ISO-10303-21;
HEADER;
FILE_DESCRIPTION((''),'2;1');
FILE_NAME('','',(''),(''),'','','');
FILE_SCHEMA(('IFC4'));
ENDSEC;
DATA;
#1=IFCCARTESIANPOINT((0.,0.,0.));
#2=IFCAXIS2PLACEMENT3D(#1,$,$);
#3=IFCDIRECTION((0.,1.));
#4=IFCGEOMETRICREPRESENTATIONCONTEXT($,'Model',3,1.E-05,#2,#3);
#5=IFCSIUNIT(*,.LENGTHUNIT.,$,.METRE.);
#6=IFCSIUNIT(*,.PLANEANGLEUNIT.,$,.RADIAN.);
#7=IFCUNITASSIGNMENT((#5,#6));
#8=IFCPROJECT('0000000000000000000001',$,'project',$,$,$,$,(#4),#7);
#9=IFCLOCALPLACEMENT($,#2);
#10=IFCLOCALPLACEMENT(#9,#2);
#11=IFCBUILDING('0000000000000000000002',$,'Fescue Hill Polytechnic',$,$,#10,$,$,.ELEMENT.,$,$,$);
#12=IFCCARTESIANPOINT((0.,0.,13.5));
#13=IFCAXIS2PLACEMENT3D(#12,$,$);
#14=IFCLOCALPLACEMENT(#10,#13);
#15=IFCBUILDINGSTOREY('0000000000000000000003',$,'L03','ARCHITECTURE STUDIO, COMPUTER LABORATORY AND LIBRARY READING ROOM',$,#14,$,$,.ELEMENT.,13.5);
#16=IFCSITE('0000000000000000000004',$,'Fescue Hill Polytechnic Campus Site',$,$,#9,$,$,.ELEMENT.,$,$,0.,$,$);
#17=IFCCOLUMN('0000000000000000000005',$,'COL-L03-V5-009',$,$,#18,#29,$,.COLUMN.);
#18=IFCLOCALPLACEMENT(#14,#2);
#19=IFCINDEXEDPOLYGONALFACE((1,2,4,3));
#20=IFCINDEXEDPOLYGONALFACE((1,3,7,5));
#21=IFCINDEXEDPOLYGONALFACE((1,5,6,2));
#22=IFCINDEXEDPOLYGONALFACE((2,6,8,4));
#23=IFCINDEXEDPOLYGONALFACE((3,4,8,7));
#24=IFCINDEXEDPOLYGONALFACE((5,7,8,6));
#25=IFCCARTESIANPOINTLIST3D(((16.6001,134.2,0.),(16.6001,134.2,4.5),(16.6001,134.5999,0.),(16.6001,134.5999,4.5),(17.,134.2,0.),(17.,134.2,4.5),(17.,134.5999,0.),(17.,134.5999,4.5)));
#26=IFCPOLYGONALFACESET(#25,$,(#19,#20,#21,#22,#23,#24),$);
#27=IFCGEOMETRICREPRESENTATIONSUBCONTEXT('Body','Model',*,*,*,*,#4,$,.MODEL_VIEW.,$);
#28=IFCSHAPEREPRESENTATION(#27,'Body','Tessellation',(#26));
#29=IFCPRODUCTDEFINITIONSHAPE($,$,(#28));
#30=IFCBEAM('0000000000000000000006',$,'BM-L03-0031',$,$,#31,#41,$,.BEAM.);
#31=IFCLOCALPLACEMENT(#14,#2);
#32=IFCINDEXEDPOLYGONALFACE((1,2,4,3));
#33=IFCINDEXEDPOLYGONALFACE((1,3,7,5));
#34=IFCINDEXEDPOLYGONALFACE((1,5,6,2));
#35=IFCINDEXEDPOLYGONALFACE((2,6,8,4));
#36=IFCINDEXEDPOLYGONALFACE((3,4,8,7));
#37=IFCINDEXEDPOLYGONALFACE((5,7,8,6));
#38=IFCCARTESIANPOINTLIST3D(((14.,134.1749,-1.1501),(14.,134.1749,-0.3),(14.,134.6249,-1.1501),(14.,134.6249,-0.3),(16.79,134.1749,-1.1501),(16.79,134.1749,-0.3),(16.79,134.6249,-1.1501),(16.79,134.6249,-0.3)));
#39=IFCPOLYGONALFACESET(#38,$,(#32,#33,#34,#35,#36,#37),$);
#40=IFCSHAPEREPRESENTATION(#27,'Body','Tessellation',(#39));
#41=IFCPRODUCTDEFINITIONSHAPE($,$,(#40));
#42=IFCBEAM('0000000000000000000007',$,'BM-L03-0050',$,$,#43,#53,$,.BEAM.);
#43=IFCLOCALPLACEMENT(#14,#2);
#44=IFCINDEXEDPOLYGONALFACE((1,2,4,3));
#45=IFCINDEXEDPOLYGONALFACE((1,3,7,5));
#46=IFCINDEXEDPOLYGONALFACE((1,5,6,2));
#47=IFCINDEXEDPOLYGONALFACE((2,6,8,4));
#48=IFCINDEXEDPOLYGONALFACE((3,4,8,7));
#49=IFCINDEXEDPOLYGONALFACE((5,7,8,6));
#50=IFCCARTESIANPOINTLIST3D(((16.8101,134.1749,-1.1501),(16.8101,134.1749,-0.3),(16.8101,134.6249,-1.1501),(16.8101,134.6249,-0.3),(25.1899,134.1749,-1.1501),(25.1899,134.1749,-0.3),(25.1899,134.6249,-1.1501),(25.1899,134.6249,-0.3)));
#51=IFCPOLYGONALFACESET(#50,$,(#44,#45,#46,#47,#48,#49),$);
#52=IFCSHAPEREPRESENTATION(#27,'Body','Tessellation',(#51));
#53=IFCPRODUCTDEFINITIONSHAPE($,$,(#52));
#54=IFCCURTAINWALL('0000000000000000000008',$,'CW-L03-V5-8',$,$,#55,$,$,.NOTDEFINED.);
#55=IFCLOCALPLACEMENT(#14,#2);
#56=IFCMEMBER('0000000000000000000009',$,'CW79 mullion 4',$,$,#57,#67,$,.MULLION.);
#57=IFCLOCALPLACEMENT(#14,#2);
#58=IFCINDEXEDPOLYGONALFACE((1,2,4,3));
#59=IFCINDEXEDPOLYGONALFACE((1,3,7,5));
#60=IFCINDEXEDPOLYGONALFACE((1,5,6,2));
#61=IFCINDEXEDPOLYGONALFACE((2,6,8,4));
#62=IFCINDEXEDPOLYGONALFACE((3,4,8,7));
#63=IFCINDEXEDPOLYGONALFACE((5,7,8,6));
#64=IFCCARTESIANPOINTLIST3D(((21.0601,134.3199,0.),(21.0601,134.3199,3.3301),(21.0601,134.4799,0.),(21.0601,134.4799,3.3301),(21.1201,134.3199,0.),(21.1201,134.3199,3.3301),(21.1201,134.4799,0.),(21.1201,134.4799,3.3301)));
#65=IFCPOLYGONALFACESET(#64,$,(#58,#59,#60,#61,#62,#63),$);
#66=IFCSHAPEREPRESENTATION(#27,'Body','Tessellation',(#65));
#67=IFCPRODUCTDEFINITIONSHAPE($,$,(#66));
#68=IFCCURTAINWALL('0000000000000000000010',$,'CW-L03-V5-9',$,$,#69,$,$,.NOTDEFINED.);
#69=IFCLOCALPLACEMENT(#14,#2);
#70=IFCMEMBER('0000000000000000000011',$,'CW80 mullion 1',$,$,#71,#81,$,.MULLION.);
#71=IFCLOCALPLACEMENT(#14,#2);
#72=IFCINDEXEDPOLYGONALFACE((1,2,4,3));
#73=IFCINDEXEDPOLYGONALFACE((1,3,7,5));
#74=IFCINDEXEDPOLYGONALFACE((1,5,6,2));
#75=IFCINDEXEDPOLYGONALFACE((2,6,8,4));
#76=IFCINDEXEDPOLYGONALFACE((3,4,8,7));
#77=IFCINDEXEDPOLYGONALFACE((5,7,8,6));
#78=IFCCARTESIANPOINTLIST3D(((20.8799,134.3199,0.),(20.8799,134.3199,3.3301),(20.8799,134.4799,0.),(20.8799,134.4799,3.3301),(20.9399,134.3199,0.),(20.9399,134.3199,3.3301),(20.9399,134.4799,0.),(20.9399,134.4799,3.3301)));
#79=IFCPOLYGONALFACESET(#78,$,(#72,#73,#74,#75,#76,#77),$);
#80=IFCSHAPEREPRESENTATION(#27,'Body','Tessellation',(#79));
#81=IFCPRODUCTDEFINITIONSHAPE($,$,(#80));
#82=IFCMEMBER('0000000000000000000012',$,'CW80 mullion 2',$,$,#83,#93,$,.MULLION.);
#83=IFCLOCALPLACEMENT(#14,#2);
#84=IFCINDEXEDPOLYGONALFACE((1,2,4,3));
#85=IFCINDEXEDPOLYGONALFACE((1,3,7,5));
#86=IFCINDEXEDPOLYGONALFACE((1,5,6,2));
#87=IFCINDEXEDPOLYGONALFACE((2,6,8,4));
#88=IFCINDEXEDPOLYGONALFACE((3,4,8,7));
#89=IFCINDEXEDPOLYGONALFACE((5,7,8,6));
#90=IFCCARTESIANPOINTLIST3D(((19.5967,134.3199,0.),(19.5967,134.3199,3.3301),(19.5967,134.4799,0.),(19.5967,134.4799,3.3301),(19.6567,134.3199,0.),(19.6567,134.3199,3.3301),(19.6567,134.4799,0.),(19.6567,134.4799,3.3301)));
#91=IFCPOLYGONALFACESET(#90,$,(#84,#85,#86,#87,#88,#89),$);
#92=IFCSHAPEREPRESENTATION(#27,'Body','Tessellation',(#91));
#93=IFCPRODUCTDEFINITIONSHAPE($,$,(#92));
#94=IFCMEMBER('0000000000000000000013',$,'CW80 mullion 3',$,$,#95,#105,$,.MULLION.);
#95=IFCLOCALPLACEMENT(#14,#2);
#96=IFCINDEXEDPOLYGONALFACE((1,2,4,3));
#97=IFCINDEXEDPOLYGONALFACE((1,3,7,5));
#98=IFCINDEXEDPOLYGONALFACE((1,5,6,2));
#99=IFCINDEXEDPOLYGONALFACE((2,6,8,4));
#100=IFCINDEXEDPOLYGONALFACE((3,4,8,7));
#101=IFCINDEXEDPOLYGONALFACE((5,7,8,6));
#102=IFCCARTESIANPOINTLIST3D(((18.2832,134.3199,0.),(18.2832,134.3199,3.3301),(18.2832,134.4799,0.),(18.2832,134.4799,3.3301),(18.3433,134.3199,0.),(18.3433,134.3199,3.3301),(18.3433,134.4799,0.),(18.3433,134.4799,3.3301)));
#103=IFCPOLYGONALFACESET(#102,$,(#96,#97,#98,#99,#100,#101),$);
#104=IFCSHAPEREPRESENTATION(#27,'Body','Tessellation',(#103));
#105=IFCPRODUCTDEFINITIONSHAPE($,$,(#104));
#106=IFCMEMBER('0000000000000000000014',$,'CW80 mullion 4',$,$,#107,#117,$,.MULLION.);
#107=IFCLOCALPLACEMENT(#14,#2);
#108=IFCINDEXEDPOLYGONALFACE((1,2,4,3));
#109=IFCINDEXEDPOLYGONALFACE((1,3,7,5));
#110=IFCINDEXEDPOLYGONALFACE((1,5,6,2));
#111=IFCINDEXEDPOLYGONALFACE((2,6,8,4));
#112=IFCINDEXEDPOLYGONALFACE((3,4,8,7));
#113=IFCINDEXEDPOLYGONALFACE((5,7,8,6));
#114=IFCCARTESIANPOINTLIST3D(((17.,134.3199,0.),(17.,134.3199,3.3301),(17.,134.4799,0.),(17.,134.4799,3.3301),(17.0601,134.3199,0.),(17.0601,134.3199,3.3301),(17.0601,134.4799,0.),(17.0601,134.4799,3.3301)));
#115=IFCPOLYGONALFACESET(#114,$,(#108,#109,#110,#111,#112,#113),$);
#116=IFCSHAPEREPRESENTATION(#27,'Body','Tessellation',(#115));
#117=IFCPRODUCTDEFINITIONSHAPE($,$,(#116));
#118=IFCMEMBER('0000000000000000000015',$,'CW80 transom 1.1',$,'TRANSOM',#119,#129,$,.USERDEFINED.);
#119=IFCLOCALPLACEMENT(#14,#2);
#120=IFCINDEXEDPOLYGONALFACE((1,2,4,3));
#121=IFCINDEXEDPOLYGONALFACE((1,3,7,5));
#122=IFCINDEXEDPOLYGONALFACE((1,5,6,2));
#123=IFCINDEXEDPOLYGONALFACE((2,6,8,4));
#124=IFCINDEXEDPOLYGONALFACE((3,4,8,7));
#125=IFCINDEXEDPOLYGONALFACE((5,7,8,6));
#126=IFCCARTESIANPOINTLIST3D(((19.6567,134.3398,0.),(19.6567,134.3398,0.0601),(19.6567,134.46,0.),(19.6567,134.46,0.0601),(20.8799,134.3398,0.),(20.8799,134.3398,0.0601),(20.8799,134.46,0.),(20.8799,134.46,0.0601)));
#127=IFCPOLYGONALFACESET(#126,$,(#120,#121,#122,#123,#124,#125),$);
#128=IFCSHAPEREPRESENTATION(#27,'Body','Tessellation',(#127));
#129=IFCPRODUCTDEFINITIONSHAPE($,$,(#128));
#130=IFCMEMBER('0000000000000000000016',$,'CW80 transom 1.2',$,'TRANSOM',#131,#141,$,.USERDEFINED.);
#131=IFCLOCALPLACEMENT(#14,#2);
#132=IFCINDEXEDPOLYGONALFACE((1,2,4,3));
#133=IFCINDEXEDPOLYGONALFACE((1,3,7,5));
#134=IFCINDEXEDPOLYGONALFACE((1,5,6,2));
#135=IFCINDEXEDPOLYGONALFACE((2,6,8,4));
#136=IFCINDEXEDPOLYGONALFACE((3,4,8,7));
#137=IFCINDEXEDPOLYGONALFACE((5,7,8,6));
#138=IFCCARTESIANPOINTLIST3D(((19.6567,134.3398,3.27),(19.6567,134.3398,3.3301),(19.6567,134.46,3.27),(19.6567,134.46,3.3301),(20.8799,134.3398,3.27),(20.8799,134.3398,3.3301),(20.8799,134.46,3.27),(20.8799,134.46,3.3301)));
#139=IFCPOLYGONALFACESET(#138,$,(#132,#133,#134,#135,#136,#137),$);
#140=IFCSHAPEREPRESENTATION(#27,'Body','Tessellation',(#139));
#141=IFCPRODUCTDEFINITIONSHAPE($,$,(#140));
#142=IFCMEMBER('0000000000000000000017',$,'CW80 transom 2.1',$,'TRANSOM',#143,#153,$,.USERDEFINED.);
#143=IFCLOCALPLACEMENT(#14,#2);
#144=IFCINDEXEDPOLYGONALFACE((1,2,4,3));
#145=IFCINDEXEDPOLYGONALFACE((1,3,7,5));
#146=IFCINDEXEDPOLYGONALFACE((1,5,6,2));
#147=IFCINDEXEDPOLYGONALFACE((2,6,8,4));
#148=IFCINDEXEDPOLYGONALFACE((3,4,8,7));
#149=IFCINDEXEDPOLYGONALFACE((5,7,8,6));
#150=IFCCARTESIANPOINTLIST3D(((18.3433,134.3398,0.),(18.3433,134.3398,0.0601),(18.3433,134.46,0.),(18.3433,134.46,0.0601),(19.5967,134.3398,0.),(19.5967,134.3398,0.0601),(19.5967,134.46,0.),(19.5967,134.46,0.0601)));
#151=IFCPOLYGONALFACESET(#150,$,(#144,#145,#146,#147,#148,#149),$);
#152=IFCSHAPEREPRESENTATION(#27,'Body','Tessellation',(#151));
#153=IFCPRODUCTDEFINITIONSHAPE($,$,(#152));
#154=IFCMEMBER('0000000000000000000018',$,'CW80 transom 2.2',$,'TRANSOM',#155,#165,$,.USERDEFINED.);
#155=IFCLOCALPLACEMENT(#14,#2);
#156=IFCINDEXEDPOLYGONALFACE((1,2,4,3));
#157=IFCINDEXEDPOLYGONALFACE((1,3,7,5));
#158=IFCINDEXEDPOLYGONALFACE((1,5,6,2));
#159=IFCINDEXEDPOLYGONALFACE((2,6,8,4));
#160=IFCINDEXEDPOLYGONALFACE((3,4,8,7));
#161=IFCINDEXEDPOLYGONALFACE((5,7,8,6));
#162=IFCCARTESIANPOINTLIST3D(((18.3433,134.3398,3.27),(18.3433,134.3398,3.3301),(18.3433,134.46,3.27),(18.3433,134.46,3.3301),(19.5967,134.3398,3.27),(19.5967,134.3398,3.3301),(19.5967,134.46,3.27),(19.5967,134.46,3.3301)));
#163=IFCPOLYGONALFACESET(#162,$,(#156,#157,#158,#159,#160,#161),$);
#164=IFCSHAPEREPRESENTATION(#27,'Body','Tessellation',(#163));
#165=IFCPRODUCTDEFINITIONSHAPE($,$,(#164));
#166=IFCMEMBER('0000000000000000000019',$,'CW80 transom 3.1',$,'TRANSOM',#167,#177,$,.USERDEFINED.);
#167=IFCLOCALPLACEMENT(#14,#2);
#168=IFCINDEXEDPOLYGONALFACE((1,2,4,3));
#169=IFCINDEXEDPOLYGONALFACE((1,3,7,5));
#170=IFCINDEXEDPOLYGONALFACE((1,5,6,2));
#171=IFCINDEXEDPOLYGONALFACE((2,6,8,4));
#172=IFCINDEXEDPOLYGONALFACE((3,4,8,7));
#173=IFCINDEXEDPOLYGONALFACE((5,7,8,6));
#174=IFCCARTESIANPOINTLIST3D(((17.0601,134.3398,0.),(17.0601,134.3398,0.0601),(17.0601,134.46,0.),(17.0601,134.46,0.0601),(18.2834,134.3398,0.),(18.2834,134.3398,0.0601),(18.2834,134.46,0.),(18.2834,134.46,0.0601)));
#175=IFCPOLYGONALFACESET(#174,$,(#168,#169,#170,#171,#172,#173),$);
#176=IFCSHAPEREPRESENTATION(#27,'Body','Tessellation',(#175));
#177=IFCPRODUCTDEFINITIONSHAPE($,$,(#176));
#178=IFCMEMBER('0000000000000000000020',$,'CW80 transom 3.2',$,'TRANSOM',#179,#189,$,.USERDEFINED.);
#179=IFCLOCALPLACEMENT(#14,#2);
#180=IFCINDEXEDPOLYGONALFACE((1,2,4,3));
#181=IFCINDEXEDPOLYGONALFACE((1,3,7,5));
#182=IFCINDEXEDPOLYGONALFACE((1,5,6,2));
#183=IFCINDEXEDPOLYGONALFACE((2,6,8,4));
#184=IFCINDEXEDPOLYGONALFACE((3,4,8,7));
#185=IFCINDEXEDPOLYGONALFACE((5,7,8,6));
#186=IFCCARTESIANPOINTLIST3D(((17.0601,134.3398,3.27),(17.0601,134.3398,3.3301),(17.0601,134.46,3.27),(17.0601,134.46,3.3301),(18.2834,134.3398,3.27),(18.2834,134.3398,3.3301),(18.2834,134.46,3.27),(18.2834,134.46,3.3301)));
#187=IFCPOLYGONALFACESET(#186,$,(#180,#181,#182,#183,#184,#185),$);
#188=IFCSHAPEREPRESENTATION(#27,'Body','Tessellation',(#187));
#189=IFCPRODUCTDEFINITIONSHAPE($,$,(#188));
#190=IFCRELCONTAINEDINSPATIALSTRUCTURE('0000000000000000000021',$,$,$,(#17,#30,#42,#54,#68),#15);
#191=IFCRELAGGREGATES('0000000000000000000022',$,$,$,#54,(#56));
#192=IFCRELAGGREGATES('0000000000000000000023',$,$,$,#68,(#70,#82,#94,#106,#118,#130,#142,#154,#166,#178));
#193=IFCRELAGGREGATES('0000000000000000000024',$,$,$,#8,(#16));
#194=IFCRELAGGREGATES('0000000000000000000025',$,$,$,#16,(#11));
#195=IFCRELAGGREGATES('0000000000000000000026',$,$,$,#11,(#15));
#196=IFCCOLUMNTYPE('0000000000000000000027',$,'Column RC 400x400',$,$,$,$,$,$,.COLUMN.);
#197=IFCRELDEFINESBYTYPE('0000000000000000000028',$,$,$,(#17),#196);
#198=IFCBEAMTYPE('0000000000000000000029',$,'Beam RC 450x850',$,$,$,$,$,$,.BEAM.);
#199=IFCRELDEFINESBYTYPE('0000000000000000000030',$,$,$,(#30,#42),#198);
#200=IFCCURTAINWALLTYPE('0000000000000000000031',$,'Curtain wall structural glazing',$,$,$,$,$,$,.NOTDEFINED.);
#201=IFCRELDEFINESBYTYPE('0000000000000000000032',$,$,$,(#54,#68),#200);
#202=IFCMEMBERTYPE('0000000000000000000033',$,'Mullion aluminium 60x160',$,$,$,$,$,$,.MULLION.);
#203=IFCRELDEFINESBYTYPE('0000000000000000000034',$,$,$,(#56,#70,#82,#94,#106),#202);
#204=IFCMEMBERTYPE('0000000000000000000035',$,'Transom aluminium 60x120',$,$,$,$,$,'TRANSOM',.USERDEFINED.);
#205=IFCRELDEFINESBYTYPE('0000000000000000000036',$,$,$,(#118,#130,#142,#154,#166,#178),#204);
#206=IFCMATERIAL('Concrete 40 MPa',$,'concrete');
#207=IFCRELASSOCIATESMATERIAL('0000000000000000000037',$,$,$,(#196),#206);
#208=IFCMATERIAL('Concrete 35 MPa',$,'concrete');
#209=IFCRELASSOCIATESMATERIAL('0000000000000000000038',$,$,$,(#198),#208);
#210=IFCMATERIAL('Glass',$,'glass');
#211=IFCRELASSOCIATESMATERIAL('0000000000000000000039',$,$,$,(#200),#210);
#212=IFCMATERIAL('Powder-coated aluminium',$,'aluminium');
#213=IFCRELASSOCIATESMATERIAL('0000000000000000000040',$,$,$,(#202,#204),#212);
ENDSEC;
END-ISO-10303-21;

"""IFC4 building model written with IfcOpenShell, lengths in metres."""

from ifc_helpers import new_model, si_unit, direction, frame, origin, origin_2d, place, context, subcontext, project, spatial, rectangle, extrude, material, material_profile, profile_set, type_object, element, aggregate, save


model = new_model("IFC4")

# Units and contexts
model_context = context("Model", 3, precision=1e-05, world=origin(), true_north=direction((0.0, 1.0)))
body_context = subcontext(model_context, "Body", "Model", "MODEL_VIEW")
ifc_project = project(units=[si_unit("LENGTHUNIT", "METRE"), si_unit("PLANEANGLEUNIT", "RADIAN")], contexts=[model_context])

# Site, building, storey
site_placement = place(None, origin())
site = spatial("IfcSite", under=ifc_project, at=site_placement, Name="Fescue Hill Polytechnic Campus Site", CompositionType="ELEMENT", RefElevation=0.0)
building_placement = place(site_placement, origin())
building = spatial("IfcBuilding", under=site, at=building_placement, Name="Fescue Hill Polytechnic", CompositionType="ELEMENT")
storey_placement = place(building_placement, frame((0.0, 0.0, 13.5)))
storey = spatial("IfcBuildingStorey", under=building, at=storey_placement, Name="L03", Description="ARCHITECTURE STUDIO, COMPUTER LABORATORY AND LIBRARY READING ROOM", CompositionType="ELEMENT", Elevation=13.5)

# Column
ifc_material_1 = material(Name="Concrete 40 MPa", Category="concrete")
ifc_material_profile_1 = material_profile(ifc_material_1, rectangle(XDim=0.3999, YDim=0.3999, at=origin_2d()), Name="RC 400x400")
ifc_profile_set_1 = profile_set([ifc_material_profile_1], Name="Concrete 40 MPa")
column_type = type_object("IfcColumnType", Name="Column RC 400x400", PredefinedType="COLUMN", material=ifc_profile_set_1)
column_placement = place(storey_placement, frame((16.8, 134.3999, 0.0), z_axis=(0.0, 0.0, 1.0), x_axis=(1.0, 0.0, 0.0)))
element("IfcColumn", 1, at=column_placement, inside=storey, type_object=column_type, Name="COL-L03-V5-009", PredefinedType="COLUMN", context=body_context, shape_type="SweptSolid", body=[
    extrude(rectangle(XDim=0.3999, YDim=0.3999, at=origin_2d()), origin(), (0.0, 0.0, 1.0), 4.5),
])

# Beams
ifc_material_2 = material(Name="Concrete 35 MPa", Category="concrete")
ifc_material_profile_2 = material_profile(ifc_material_2, rectangle(XDim=0.45, YDim=0.8501, at=origin_2d()), Name="RC 450x850")
ifc_profile_set_2 = profile_set([ifc_material_profile_2], Name="Concrete 35 MPa")
beam_type = type_object("IfcBeamType", Name="Beam RC 450x850", PredefinedType="BEAM", material=ifc_profile_set_2)
beam_1_placement = place(storey_placement, frame((14.0, 134.3999, -0.7251), z_axis=(1.0, 0.0, 0.0), x_axis=(0.0, 1.0, 0.0)))
element("IfcBeam", 2, at=beam_1_placement, inside=storey, type_object=beam_type, Name="BM-L03-0031", PredefinedType="BEAM", context=body_context, shape_type="SweptSolid", body=[
    extrude(rectangle(XDim=0.45, YDim=0.8501, at=origin_2d()), origin(), (0.0, 0.0, 1.0), 2.79),
])
beam_2_placement = place(storey_placement, frame((16.8101, 134.3999, -0.7251), z_axis=(1.0, 0.0, 0.0), x_axis=(0.0, 1.0, 0.0)))
element("IfcBeam", 3, at=beam_2_placement, inside=storey, type_object=beam_type, Name="BM-L03-0050", PredefinedType="BEAM", context=body_context, shape_type="SweptSolid", body=[
    extrude(rectangle(XDim=0.45, YDim=0.8501, at=origin_2d()), origin(), (0.0, 0.0, 1.0), 8.3799),
])

# Curtain wall, member
ifc_material_3 = material(Name="Glass", Category="glass")
curtain_wall_type = type_object("IfcCurtainWallType", Name="Curtain wall structural glazing", PredefinedType="NOTDEFINED", material=ifc_material_3)
curtain_wall_1_placement = place(storey_placement, origin())
curtain_wall_1 = element("IfcCurtainWall", 4, at=curtain_wall_1_placement, inside=storey, type_object=curtain_wall_type, Name="CW-L03-V5-8", PredefinedType="NOTDEFINED")
ifc_material_4 = material(Name="Powder-coated aluminium", Category="aluminium")
ifc_material_profile_3 = material_profile(ifc_material_4, rectangle(XDim=0.1599, YDim=0.0601, at=origin_2d()), Name="Mullion aluminium 60x160")
ifc_profile_set_3 = profile_set([ifc_material_profile_3], Name="Powder-coated aluminium")
member_type_1 = type_object("IfcMemberType", Name="Mullion aluminium 60x160", PredefinedType="MULLION", material=ifc_profile_set_3)
member_1_placement = place(storey_placement, frame((21.0901, 134.3999, 0.0), z_axis=(0.0, 0.0, 1.0), x_axis=(0.0, -1.0, 0.0)))
member_1 = element("IfcMember", 5, at=member_1_placement, type_object=member_type_1, Name="CW79 mullion 4", PredefinedType="MULLION", context=body_context, shape_type="SweptSolid", body=[
    extrude(rectangle(XDim=0.1599, YDim=0.0601, at=origin_2d()), origin(), (0.0, 0.0, 1.0), 3.3301),
])
aggregate(curtain_wall_1, [member_1])

# Curtain wall, members
curtain_wall_2_placement = place(storey_placement, origin())
curtain_wall_2 = element("IfcCurtainWall", 6, at=curtain_wall_2_placement, inside=storey, type_object=curtain_wall_type, Name="CW-L03-V5-9", PredefinedType="NOTDEFINED")
member_2_placement = place(storey_placement, frame((20.9099, 134.3999, 0.0), z_axis=(0.0, 0.0, 1.0), x_axis=(0.0, -1.0, 0.0)))
member_2 = element("IfcMember", 7, at=member_2_placement, type_object=member_type_1, Name="CW80 mullion 1", PredefinedType="MULLION", context=body_context, shape_type="SweptSolid", body=[
    extrude(rectangle(XDim=0.1599, YDim=0.0601, at=origin_2d()), origin(), (0.0, 0.0, 1.0), 3.3301),
])
member_3_placement = place(storey_placement, frame((19.6267, 134.3999, 0.0), z_axis=(0.0, 0.0, 1.0), x_axis=(0.0, -1.0, 0.0)))
member_3 = element("IfcMember", 8, at=member_3_placement, type_object=member_type_1, Name="CW80 mullion 2", PredefinedType="MULLION", context=body_context, shape_type="SweptSolid", body=[
    extrude(rectangle(XDim=0.1599, YDim=0.0601, at=origin_2d()), origin(), (0.0, 0.0, 1.0), 3.3301),
])
member_4_placement = place(storey_placement, frame((18.3132, 134.3999, 0.0), z_axis=(0.0, 0.0, 1.0), x_axis=(0.0, -1.0, 0.0)))
member_4 = element("IfcMember", 9, at=member_4_placement, type_object=member_type_1, Name="CW80 mullion 3", PredefinedType="MULLION", context=body_context, shape_type="SweptSolid", body=[
    extrude(rectangle(XDim=0.1599, YDim=0.0601, at=origin_2d()), origin(), (0.0, 0.0, 1.0), 3.3301),
])
member_5_placement = place(storey_placement, frame((17.03, 134.3999, 0.0), z_axis=(0.0, 0.0, 1.0), x_axis=(0.0, -1.0, 0.0)))
member_5 = element("IfcMember", 10, at=member_5_placement, type_object=member_type_1, Name="CW80 mullion 4", PredefinedType="MULLION", context=body_context, shape_type="SweptSolid", body=[
    extrude(rectangle(XDim=0.1599, YDim=0.0601, at=origin_2d()), origin(), (0.0, 0.0, 1.0), 3.3301),
])
ifc_material_profile_4 = material_profile(ifc_material_4, rectangle(XDim=0.1201, YDim=0.0601, at=origin_2d()), Name="Transom aluminium 60x120")
ifc_profile_set_4 = profile_set([ifc_material_profile_4], Name="Powder-coated aluminium")
member_type_2 = type_object("IfcMemberType", Name="Transom aluminium 60x120", ElementType="TRANSOM", PredefinedType="USERDEFINED", material=ifc_profile_set_4)
member_6_placement = place(storey_placement, frame((20.8799, 134.3999, 0.03), z_axis=(-1.0, 0.0, 0.0), x_axis=(0.0, -1.0, 0.0)))
member_6 = element("IfcMember", 11, at=member_6_placement, type_object=member_type_2, Name="CW80 transom 1.1", ObjectType="TRANSOM", PredefinedType="USERDEFINED", context=body_context, shape_type="SweptSolid", body=[
    extrude(rectangle(XDim=0.1201, YDim=0.0601, at=origin_2d()), origin(), (0.0, 0.0, 1.0), 1.2231),
])
member_7_placement = place(storey_placement, frame((20.8799, 134.3999, 3.3), z_axis=(-1.0, 0.0, 0.0), x_axis=(0.0, -1.0, 0.0)))
member_7 = element("IfcMember", 12, at=member_7_placement, type_object=member_type_2, Name="CW80 transom 1.2", ObjectType="TRANSOM", PredefinedType="USERDEFINED", context=body_context, shape_type="SweptSolid", body=[
    extrude(rectangle(XDim=0.1201, YDim=0.0601, at=origin_2d()), origin(), (0.0, 0.0, 1.0), 1.2231),
])
member_8_placement = place(storey_placement, frame((19.5967, 134.3999, 0.03), z_axis=(-1.0, 0.0, 0.0), x_axis=(0.0, -1.0, 0.0)))
member_8 = element("IfcMember", 13, at=member_8_placement, type_object=member_type_2, Name="CW80 transom 2.1", ObjectType="TRANSOM", PredefinedType="USERDEFINED", context=body_context, shape_type="SweptSolid", body=[
    extrude(rectangle(XDim=0.1201, YDim=0.0601, at=origin_2d()), origin(), (0.0, 0.0, 1.0), 1.2534),
])
member_9_placement = place(storey_placement, frame((19.5967, 134.3999, 3.3), z_axis=(-1.0, 0.0, 0.0), x_axis=(0.0, -1.0, 0.0)))
member_9 = element("IfcMember", 14, at=member_9_placement, type_object=member_type_2, Name="CW80 transom 2.2", ObjectType="TRANSOM", PredefinedType="USERDEFINED", context=body_context, shape_type="SweptSolid", body=[
    extrude(rectangle(XDim=0.1201, YDim=0.0601, at=origin_2d()), origin(), (0.0, 0.0, 1.0), 1.2534),
])
member_10_placement = place(storey_placement, frame((18.2834, 134.3999, 0.03), z_axis=(-1.0, 0.0, 0.0), x_axis=(0.0, -1.0, 0.0)))
member_10 = element("IfcMember", 15, at=member_10_placement, type_object=member_type_2, Name="CW80 transom 3.1", ObjectType="TRANSOM", PredefinedType="USERDEFINED", context=body_context, shape_type="SweptSolid", body=[
    extrude(rectangle(XDim=0.1201, YDim=0.0601, at=origin_2d()), origin(), (0.0, 0.0, 1.0), 1.2234),
])
member_11_placement = place(storey_placement, frame((18.2834, 134.3999, 3.3), z_axis=(-1.0, 0.0, 0.0), x_axis=(0.0, -1.0, 0.0)))
member_11 = element("IfcMember", 16, at=member_11_placement, type_object=member_type_2, Name="CW80 transom 3.2", ObjectType="TRANSOM", PredefinedType="USERDEFINED", context=body_context, shape_type="SweptSolid", body=[
    extrude(rectangle(XDim=0.1201, YDim=0.0601, at=origin_2d()), origin(), (0.0, 0.0, 1.0), 1.2234),
])
aggregate(curtain_wall_2, [member_2, member_3, member_4, member_5, member_6, member_7, member_8, member_9, member_10, member_11])

save(model, "model.ifc")
